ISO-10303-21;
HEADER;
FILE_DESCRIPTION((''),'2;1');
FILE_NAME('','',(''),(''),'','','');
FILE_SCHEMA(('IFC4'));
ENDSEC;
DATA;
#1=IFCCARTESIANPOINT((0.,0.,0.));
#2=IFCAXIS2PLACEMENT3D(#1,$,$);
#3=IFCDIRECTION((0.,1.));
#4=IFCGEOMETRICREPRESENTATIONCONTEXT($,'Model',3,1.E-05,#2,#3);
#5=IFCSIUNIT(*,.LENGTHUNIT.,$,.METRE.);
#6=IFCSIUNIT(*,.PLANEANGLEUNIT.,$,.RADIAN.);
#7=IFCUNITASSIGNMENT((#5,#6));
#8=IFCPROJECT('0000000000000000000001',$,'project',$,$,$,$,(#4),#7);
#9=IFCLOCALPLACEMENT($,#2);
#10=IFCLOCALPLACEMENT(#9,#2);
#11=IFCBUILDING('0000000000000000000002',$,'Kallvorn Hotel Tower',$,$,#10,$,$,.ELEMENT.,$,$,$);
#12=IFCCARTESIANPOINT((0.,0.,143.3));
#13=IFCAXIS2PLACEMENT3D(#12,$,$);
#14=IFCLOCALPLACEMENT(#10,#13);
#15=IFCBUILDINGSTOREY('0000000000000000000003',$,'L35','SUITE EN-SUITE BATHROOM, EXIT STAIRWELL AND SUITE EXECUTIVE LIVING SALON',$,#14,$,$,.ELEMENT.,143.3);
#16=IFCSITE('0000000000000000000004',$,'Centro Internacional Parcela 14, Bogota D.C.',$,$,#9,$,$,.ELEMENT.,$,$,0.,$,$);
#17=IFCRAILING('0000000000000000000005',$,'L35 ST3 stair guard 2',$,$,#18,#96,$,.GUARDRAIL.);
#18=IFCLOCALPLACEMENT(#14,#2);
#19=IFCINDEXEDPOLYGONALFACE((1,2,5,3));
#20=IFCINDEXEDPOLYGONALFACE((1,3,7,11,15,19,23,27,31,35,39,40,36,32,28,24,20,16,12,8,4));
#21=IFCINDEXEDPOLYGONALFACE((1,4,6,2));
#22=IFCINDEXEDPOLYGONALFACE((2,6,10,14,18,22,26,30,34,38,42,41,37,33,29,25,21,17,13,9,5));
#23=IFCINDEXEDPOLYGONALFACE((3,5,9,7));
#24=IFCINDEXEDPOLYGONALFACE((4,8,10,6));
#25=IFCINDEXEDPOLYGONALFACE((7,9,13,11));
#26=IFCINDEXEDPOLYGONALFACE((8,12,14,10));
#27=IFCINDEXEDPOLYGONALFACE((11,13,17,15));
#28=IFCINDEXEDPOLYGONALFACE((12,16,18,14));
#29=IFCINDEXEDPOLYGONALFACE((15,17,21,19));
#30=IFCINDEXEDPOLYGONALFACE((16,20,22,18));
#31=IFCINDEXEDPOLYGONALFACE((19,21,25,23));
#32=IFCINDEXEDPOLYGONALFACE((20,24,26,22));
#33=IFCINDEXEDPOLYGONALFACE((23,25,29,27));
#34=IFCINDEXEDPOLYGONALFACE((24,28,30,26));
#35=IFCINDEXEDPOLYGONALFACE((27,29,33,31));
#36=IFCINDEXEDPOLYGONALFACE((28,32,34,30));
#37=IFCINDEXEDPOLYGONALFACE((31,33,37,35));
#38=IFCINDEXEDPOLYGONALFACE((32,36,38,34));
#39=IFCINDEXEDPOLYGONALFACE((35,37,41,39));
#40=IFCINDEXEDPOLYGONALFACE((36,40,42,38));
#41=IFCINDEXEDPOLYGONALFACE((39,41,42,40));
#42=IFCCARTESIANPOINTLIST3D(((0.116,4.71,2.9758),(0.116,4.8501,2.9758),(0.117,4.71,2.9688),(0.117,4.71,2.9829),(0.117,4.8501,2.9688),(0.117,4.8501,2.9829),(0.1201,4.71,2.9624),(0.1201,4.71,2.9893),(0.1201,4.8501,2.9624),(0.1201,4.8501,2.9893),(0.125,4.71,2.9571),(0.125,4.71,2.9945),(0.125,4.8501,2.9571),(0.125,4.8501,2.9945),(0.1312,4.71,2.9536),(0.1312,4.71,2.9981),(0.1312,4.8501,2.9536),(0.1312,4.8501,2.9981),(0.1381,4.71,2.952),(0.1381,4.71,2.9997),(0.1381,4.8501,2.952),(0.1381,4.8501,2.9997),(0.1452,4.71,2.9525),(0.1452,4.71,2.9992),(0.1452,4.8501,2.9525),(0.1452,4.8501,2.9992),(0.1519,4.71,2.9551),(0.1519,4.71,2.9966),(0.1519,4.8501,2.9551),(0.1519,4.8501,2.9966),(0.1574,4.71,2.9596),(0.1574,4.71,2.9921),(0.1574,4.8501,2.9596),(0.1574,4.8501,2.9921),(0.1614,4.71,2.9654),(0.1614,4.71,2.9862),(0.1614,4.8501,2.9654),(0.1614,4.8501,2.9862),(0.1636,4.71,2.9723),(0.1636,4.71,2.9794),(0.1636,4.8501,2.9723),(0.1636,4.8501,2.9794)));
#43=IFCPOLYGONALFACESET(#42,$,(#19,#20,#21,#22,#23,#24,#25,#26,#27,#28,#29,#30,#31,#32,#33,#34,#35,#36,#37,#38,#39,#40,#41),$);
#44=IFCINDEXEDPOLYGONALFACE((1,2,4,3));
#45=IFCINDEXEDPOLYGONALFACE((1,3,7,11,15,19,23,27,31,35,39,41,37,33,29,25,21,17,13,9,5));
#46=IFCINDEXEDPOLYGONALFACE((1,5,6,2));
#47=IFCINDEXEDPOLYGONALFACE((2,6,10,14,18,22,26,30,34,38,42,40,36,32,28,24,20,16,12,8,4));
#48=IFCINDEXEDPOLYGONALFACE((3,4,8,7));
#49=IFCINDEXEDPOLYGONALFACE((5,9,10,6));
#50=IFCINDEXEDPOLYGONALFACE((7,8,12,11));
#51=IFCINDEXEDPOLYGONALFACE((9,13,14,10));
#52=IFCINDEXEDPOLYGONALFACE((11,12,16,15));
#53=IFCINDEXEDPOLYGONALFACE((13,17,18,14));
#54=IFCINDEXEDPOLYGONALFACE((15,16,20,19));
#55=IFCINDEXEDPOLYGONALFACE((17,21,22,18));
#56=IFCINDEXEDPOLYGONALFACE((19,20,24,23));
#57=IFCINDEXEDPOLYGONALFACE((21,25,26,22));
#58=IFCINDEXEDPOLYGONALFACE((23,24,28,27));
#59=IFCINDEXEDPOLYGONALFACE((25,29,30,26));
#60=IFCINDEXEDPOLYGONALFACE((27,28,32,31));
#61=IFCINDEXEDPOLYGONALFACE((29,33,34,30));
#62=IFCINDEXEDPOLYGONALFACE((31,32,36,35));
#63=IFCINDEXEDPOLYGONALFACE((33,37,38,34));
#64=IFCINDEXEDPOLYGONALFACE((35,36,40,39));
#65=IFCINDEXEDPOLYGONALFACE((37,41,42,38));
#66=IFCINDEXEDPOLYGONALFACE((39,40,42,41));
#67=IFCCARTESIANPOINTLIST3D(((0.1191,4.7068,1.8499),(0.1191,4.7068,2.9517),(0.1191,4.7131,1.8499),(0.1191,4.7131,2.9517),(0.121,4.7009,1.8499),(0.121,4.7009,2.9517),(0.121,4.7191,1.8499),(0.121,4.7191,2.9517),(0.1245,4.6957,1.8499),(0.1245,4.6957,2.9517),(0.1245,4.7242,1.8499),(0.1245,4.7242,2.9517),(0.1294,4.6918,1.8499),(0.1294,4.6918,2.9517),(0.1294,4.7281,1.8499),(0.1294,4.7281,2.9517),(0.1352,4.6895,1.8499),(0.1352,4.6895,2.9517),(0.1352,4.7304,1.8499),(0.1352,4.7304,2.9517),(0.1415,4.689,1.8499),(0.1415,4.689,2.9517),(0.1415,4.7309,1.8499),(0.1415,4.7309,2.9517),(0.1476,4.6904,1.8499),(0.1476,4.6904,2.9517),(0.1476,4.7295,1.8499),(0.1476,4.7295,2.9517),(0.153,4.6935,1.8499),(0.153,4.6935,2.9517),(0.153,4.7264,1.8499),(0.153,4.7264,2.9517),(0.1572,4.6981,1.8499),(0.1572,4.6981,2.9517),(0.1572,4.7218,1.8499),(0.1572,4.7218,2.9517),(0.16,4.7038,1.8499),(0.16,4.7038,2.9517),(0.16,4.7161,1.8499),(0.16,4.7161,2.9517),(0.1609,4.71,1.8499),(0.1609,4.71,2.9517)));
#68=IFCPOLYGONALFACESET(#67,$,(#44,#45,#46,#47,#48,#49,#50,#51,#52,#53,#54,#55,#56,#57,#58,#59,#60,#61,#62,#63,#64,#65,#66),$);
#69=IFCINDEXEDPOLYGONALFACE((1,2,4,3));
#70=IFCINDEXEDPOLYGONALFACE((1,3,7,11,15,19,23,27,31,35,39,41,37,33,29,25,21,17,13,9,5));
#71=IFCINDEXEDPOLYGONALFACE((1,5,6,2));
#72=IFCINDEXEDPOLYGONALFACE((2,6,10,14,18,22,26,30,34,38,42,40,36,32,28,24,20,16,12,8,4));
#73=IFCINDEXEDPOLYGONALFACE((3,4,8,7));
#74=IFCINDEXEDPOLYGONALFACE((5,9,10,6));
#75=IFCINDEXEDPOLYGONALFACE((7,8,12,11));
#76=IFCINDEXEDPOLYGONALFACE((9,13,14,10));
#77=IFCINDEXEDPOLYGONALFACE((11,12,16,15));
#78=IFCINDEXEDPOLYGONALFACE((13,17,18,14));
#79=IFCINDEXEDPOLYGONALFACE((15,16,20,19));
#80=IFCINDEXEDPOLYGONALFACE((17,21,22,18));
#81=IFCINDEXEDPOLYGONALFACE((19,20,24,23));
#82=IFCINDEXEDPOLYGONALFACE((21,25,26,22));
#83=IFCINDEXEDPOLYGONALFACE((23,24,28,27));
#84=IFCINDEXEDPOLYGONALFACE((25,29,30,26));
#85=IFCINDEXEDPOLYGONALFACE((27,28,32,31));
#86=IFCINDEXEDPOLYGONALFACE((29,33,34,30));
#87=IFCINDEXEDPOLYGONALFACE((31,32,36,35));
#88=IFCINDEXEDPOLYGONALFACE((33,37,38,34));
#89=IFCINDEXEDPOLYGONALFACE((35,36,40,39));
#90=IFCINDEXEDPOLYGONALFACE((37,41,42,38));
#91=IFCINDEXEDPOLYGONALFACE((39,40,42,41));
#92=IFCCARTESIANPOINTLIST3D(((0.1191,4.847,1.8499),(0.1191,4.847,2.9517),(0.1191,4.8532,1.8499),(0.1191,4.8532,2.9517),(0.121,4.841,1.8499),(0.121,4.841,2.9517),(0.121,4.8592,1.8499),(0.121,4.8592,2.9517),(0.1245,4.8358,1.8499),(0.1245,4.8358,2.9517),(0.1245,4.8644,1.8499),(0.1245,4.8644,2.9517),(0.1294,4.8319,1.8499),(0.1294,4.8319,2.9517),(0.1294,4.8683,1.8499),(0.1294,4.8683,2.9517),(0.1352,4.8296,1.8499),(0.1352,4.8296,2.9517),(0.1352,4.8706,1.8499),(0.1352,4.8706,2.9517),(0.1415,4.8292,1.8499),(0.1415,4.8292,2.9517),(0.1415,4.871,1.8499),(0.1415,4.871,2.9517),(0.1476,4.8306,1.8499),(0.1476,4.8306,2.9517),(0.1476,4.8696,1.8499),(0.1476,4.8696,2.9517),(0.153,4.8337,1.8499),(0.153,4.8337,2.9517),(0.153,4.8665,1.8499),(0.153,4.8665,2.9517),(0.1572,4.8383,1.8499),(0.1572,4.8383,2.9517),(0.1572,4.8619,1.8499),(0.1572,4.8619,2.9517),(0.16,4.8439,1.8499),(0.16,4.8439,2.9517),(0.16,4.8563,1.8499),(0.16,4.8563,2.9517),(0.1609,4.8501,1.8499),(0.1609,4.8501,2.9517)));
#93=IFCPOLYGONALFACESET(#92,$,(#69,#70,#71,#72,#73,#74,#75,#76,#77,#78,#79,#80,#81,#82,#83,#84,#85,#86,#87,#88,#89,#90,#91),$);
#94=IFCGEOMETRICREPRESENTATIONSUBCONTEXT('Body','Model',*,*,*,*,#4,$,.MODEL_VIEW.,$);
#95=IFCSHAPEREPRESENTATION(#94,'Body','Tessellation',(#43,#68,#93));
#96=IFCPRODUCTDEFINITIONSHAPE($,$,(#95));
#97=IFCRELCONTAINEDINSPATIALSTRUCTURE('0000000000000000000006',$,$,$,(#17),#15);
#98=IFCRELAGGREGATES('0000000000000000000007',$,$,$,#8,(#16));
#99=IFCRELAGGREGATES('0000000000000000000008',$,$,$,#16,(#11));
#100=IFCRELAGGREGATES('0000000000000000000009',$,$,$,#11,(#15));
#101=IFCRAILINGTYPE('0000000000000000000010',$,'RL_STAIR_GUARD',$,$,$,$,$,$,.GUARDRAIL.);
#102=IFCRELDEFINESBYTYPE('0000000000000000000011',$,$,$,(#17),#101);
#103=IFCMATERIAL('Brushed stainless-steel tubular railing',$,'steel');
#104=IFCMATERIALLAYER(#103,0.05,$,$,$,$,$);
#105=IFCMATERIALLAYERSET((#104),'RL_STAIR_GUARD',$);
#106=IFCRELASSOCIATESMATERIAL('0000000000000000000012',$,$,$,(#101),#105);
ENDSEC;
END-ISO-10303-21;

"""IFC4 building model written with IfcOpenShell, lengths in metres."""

from ifc_helpers import new_model, si_unit, direction, frame, origin, origin_2d, place, context, subcontext, project, spatial, circle, extrude, material, layer, layer_set, type_object, element, save


model = new_model("IFC4")

# Units and contexts
model_context = context("Model", 3, precision=1e-05, world=origin(), true_north=direction((0.0, 1.0)))
body_context = subcontext(model_context, "Body", "Model", "MODEL_VIEW")
ifc_project = project(units=[si_unit("LENGTHUNIT", "METRE"), si_unit("PLANEANGLEUNIT", "RADIAN")], contexts=[model_context])

# Site, building, storey
site_placement = place(None, origin())
site = spatial("IfcSite", under=ifc_project, at=site_placement, Name="Centro Internacional Parcela 14, Bogota D.C.", CompositionType="ELEMENT", RefElevation=0.0)
building_placement = place(site_placement, origin())
building = spatial("IfcBuilding", under=site, at=building_placement, Name="Kallvorn Hotel Tower", CompositionType="ELEMENT")
storey_placement = place(building_placement, frame((0.0, 0.0, 143.3)))
storey = spatial("IfcBuildingStorey", under=building, at=storey_placement, Name="L35", Description="SUITE EN-SUITE BATHROOM, EXIT STAIRWELL AND SUITE EXECUTIVE LIVING SALON", CompositionType="ELEMENT", Elevation=143.3)

# Railing
ifc_material_1 = material(Name="Brushed stainless-steel tubular railing", Category="steel")
ifc_layer_1 = layer(ifc_material_1, 0.05)
ifc_layer_set_1 = layer_set([ifc_layer_1], Name="RL_STAIR_GUARD")
railing_type_1 = type_object("IfcRailingType", Name="RL_STAIR_GUARD", PredefinedType="GUARDRAIL", material=ifc_layer_set_1)
railing_1_placement = place(storey_placement, frame((0.1399, 4.71, 1.8499)))
element("IfcRailing", 1, at=railing_1_placement, inside=storey, type_object=railing_type_1, Name="L35 ST3 stair guard 2", PredefinedType="GUARDRAIL", context=body_context, shape_type="SweptSolid", body=[
    extrude(circle(Radius=0.0239, at=origin_2d()), frame((0.0, 0.0, 1.126), z_axis=(0.0, 1.0, 0.0), x_axis=(-1.0, 0.0, 0.0)), (0.0, 0.0, 1.0), 0.1401),
    extrude(circle(Radius=0.021, at=origin_2d()), origin(), (0.0, 0.0, 1.0), 1.1018),
    extrude(circle(Radius=0.021, at=origin_2d()), frame((0.0, 0.1401, 0.0)), (0.0, 0.0, 1.0), 1.1018),
])

save(model, "model.ifc")
